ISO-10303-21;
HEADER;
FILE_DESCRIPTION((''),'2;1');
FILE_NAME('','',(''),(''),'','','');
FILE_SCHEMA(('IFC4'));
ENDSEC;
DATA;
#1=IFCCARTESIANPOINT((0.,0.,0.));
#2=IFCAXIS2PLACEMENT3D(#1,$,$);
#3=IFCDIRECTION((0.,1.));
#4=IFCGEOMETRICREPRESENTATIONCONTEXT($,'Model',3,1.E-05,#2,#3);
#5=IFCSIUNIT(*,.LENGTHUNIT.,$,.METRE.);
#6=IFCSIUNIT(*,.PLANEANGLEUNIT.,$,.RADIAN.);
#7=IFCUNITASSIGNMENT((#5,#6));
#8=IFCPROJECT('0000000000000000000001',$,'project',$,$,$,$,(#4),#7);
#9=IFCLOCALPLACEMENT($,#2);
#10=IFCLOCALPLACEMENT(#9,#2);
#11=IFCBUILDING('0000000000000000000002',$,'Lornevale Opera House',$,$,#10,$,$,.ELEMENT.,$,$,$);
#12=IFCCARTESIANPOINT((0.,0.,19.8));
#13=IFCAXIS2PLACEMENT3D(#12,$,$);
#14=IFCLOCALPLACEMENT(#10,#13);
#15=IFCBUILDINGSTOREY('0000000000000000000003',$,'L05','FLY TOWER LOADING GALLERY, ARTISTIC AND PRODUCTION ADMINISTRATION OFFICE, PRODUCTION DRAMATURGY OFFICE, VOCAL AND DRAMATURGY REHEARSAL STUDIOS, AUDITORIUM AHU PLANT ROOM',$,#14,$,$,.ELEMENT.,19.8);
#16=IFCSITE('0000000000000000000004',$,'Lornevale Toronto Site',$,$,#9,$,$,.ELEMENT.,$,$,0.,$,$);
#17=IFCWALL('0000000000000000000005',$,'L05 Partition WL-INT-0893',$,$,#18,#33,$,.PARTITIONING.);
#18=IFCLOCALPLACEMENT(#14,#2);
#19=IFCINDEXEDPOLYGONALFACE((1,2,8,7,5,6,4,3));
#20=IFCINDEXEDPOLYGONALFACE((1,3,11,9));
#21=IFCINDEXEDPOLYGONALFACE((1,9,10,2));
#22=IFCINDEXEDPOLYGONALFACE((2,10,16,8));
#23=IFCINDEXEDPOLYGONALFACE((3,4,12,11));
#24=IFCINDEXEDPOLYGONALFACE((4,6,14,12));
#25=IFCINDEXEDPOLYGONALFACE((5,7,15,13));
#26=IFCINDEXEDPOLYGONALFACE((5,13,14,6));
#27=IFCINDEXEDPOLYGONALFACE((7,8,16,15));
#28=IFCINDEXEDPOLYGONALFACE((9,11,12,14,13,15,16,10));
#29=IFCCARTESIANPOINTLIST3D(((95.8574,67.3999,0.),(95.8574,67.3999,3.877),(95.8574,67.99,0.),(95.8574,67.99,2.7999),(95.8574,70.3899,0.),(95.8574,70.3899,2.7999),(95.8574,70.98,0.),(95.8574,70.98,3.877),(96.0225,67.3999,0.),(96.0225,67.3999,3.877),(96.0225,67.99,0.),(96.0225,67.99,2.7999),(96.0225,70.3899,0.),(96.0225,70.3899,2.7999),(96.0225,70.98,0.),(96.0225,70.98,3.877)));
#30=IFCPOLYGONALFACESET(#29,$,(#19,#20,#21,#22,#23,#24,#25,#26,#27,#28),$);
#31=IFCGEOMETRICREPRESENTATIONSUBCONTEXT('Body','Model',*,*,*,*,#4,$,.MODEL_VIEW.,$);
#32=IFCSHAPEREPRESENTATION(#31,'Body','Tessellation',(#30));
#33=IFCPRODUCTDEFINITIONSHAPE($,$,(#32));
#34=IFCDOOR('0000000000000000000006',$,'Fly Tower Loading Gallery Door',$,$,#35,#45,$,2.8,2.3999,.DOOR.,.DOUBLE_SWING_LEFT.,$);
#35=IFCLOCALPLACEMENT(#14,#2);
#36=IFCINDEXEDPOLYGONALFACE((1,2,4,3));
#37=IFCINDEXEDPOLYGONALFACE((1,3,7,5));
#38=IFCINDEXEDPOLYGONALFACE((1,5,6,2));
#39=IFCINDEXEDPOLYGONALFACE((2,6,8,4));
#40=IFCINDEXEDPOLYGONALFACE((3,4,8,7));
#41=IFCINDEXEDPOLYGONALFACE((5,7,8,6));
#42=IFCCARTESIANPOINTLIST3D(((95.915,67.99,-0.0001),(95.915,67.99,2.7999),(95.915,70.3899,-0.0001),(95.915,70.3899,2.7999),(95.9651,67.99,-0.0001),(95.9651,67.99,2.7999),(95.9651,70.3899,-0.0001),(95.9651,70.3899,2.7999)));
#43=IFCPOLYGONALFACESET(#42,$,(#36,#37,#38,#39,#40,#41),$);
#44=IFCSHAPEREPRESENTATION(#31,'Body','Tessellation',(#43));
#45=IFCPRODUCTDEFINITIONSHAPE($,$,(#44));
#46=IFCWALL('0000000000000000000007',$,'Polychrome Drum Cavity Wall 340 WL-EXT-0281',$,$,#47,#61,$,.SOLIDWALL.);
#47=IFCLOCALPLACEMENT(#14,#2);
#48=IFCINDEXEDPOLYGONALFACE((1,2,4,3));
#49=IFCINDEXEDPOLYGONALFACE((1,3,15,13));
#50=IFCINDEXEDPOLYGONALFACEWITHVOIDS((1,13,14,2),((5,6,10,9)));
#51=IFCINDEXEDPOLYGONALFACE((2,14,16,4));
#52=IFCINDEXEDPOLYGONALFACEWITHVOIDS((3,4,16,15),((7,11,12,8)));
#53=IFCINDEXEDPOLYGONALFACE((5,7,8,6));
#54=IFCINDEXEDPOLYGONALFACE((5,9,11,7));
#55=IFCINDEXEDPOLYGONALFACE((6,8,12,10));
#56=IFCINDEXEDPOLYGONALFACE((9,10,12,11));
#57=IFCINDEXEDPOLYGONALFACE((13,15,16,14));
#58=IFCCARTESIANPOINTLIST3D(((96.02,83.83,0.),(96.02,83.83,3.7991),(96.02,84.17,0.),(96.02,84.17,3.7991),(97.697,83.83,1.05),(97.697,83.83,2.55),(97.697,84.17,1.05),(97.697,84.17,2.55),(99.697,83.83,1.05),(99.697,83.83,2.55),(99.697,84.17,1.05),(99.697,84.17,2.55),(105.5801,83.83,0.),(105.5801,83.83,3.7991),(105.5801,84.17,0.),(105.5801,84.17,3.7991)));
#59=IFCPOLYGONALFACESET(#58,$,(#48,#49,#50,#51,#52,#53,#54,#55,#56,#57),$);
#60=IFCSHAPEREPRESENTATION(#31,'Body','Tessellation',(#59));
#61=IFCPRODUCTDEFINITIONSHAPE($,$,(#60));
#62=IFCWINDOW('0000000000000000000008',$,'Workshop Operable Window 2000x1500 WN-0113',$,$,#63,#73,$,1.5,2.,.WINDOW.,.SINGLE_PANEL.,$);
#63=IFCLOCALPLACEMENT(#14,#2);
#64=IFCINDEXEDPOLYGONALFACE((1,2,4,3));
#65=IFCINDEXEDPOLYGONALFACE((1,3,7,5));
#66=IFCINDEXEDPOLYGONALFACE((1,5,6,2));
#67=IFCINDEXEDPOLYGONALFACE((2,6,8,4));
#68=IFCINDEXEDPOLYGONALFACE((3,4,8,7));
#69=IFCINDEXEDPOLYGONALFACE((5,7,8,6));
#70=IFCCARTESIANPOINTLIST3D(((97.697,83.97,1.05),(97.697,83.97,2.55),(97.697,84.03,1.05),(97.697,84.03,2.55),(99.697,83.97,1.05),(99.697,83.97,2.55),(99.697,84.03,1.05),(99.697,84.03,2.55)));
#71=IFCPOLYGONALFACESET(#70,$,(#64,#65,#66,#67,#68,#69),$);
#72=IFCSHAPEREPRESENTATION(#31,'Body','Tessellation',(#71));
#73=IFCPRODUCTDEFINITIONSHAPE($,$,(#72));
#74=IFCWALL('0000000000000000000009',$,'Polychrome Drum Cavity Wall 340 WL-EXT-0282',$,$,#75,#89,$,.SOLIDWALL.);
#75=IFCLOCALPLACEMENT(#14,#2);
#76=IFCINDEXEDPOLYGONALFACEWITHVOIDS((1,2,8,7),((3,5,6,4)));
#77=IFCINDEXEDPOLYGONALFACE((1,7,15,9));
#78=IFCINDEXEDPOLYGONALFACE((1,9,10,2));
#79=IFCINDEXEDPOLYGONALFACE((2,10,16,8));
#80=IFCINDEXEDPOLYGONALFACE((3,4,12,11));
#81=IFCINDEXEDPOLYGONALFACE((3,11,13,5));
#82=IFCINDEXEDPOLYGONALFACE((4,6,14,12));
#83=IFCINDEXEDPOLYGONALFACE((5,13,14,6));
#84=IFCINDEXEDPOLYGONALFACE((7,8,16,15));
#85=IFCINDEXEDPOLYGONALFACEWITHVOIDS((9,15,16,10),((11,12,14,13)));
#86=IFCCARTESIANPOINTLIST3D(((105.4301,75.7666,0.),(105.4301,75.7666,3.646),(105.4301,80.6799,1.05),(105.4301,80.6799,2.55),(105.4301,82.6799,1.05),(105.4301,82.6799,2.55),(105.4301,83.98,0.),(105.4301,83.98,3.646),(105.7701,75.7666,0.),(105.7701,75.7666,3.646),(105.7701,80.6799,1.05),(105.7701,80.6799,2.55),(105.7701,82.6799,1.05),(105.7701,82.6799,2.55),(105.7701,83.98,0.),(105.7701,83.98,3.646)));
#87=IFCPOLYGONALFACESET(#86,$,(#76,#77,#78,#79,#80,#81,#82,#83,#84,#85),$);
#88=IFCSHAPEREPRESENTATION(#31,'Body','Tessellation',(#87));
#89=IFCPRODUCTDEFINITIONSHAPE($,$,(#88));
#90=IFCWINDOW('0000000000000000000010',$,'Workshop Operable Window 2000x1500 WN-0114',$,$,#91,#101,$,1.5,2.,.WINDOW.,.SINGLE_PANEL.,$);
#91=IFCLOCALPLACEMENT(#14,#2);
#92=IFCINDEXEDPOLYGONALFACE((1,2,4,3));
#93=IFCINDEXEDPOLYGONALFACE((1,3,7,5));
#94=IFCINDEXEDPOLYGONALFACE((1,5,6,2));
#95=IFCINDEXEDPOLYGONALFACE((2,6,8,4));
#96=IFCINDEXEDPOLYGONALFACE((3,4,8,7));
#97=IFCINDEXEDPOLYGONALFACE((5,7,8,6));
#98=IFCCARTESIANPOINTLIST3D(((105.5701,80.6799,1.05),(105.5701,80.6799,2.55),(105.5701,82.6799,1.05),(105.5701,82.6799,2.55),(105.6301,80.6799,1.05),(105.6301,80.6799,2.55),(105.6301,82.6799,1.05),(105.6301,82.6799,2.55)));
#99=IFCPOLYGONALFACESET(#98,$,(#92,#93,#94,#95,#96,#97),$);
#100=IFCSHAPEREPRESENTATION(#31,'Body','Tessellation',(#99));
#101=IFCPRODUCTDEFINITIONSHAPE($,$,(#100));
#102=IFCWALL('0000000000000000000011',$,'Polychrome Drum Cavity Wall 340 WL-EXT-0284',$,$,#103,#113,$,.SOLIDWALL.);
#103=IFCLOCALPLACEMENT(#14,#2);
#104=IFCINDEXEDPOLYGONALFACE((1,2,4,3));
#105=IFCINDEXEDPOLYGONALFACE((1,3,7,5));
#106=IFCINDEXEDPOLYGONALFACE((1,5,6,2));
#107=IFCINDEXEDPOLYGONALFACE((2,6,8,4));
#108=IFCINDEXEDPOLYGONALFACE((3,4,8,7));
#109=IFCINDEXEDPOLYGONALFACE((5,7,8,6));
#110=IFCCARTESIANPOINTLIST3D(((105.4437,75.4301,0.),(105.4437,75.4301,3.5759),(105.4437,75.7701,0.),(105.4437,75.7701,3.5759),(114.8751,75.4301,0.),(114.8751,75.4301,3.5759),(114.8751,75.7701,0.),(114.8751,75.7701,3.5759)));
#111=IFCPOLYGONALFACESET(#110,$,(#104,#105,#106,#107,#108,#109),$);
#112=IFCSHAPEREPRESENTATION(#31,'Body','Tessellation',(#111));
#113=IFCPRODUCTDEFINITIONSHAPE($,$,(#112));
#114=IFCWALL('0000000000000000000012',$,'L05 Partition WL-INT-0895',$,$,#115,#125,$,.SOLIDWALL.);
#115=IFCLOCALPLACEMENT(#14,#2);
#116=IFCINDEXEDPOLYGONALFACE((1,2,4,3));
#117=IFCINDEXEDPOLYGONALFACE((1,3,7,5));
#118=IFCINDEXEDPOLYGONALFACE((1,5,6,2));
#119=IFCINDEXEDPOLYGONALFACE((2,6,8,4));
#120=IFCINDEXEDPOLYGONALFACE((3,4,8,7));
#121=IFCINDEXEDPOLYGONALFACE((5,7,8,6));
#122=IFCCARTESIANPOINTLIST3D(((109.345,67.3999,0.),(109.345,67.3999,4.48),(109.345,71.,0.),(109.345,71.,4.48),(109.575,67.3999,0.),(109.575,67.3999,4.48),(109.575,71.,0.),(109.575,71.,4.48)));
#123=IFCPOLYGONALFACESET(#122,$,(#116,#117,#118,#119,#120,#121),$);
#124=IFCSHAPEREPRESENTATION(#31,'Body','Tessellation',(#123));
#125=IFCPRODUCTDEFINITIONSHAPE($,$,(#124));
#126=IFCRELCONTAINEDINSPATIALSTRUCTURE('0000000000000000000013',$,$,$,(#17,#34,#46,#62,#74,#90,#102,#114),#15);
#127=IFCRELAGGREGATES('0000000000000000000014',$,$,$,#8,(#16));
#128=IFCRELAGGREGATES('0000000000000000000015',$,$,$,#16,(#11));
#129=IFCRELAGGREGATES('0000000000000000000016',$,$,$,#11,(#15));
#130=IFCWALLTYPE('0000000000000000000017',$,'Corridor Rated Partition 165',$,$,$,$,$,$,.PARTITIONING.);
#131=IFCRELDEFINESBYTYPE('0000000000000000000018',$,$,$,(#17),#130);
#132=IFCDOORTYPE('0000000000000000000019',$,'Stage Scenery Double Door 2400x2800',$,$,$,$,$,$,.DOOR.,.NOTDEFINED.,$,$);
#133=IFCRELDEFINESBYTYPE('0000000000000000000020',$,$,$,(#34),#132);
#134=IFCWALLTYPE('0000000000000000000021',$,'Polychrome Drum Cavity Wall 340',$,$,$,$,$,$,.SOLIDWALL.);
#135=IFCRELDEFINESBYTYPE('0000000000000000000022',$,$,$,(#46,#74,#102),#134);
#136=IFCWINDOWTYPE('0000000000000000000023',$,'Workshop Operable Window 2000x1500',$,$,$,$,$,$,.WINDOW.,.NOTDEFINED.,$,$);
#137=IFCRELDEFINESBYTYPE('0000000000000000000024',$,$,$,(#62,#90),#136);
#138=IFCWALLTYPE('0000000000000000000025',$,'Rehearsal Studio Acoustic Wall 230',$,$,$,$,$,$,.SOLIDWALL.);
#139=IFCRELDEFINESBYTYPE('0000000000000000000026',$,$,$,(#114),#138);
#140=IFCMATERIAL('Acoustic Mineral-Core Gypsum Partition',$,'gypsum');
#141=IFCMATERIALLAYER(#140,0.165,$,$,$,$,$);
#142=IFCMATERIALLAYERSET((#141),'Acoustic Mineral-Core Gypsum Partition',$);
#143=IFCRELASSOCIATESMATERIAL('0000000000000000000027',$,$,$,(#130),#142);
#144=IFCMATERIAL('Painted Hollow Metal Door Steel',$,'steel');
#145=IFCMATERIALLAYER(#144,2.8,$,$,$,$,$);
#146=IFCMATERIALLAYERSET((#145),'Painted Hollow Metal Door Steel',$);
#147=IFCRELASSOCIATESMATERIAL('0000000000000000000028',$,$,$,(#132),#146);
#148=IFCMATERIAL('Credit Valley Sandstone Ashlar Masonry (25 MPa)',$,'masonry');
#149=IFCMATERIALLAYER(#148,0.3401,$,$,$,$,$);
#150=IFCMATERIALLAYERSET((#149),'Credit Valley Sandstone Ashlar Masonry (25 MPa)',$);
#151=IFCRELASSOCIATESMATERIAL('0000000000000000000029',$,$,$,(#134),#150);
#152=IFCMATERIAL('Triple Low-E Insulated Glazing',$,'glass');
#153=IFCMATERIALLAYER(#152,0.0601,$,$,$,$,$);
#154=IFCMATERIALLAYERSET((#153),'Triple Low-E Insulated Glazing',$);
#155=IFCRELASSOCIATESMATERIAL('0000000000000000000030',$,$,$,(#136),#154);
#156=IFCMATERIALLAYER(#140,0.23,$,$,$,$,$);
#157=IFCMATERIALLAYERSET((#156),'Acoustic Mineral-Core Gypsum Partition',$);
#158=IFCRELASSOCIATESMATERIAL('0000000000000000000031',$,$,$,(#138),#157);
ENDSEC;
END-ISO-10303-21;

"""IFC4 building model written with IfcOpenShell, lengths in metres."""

from ifc_helpers import new_model, si_unit, direction, frame, frame_2d, origin, place, context, subcontext, project, spatial, rectangle, extrude, material, layer, layer_set, type_object, element, fill, save


model = new_model("IFC4")

# Units and contexts
model_context = context("Model", 3, precision=1e-05, world=origin(), true_north=direction((0.0, 1.0)))
body_context = subcontext(model_context, "Body", "Model", "MODEL_VIEW")
ifc_project = project(units=[si_unit("LENGTHUNIT", "METRE"), si_unit("PLANEANGLEUNIT", "RADIAN")], contexts=[model_context])

# Site, building, storey
site_placement = place(None, origin())
site = spatial("IfcSite", under=ifc_project, at=site_placement, Name="Lornevale Toronto Site", CompositionType="ELEMENT", RefElevation=0.0)
building_placement = place(site_placement, origin())
building = spatial("IfcBuilding", under=site, at=building_placement, Name="Lornevale Opera House", CompositionType="ELEMENT")
storey_placement = place(building_placement, frame((0.0, 0.0, 19.8)))
storey = spatial("IfcBuildingStorey", under=building, at=storey_placement, Name="L05", Description="FLY TOWER LOADING GALLERY, ARTISTIC AND PRODUCTION ADMINISTRATION OFFICE, PRODUCTION DRAMATURGY OFFICE, VOCAL AND DRAMATURGY REHEARSAL STUDIOS, AUDITORIUM AHU PLANT ROOM", CompositionType="ELEMENT", Elevation=19.8)

# Shared definitions
ifc_material_1 = material(Name="Acoustic Mineral-Core Gypsum Partition", Category="gypsum")

# Wall, opening, door
ifc_layer_1 = layer(ifc_material_1, 0.165)
ifc_layer_set_1 = layer_set([ifc_layer_1], Name="Acoustic Mineral-Core Gypsum Partition")
wall_type_1 = type_object("IfcWallType", Name="Corridor Rated Partition 165", PredefinedType="PARTITIONING", material=ifc_layer_set_1)
wall_1_placement = place(storey_placement, frame((95.9399, 67.3999, 0.0), z_axis=(0.0, 0.0, 1.0), x_axis=(0.0, 1.0, 0.0)))
wall_1 = element("IfcWall", 1, at=wall_1_placement, inside=storey, type_object=wall_type_1, Name="L05 Partition WL-INT-0893", PredefinedType="PARTITIONING", context=body_context, shape_type="SweptSolid", body=[
    extrude(rectangle(XDim=3.5801, YDim=0.165, at=frame_2d((1.79, 0.0))), origin(), (0.0, 0.0, 1.0), 3.877),
])
opening_1_placement = place(wall_1_placement, frame((0.5901, 0.0, 0.0)))
opening_1 = element("IfcOpeningElement", 2, at=opening_1_placement, cuts=wall_1, PredefinedType="OPENING", context=body_context, shape_type="SweptSolid", body=[
    extrude(rectangle(XDim=2.3999, YDim=2.8, at=frame_2d((1.2, 1.3999))), frame((0.0, 0.0925, 0.0), z_axis=(0.0, -1.0, 0.0), x_axis=(1.0, 0.0, 0.0)), (0.0, 0.0, 1.0), 0.1851),
])
ifc_material_2 = material(Name="Painted Hollow Metal Door Steel", Category="steel")
ifc_layer_2 = layer(ifc_material_2, 2.8)
ifc_layer_set_2 = layer_set([ifc_layer_2], Name="Painted Hollow Metal Door Steel")
door_type_1 = type_object("IfcDoorType", Name="Stage Scenery Double Door 2400x2800", OperationType="NOTDEFINED", PredefinedType="DOOR", material=ifc_layer_set_2)
door_1_placement = place(opening_1_placement, origin())
door_1 = element("IfcDoor", 3, at=door_1_placement, inside=storey, type_object=door_type_1, Name="Fly Tower Loading Gallery Door", OperationType="DOUBLE_SWING_LEFT", OverallHeight=2.8, OverallWidth=2.3999, PredefinedType="DOOR", context=body_context, shape_type="SweptSolid", body=[
    extrude(rectangle(XDim=2.3999, YDim=2.8, at=frame_2d((1.2, 1.3999))), frame((0.0, 0.0249, 0.0), z_axis=(0.0, -1.0, 0.0), x_axis=(1.0, 0.0, 0.0)), (0.0, 0.0, 1.0), 0.05),
])
fill(opening_1, door_1)

# Walls, openings, windows
ifc_material_3 = material(Name="Credit Valley Sandstone Ashlar Masonry (25 MPa)", Category="masonry")
ifc_layer_3 = layer(ifc_material_3, 0.3401)
ifc_layer_set_3 = layer_set([ifc_layer_3], Name="Credit Valley Sandstone Ashlar Masonry (25 MPa)")
wall_type_2 = type_object("IfcWallType", Name="Polychrome Drum Cavity Wall 340", PredefinedType="SOLIDWALL", material=ifc_layer_set_3)
wall_2_placement = place(storey_placement, frame((96.02, 84.0, 0.0), z_axis=(0.0, 0.0, 1.0), x_axis=(1.0, 0.0, 0.0)))
wall_2 = element("IfcWall", 4, at=wall_2_placement, inside=storey, type_object=wall_type_2, Name="Polychrome Drum Cavity Wall 340 WL-EXT-0281", PredefinedType="SOLIDWALL", context=body_context, shape_type="SweptSolid", body=[
    extrude(rectangle(XDim=9.5601, YDim=0.3401, at=frame_2d((4.78, 0.0))), origin(), (0.0, 0.0, 1.0), 3.7991),
])
opening_2_placement = place(wall_2_placement, frame((1.677, 0.0, 1.05)))
opening_2 = element("IfcOpeningElement", 5, at=opening_2_placement, cuts=wall_2, PredefinedType="OPENING", context=body_context, shape_type="SweptSolid", body=[
    extrude(rectangle(XDim=2.0, YDim=1.5, at=frame_2d((1.0, 0.75))), frame((0.0, 0.1799, 0.0), z_axis=(0.0, -1.0, 0.0), x_axis=(1.0, 0.0, 0.0)), (0.0, 0.0, 1.0), 0.3601),
])
ifc_material_4 = material(Name="Triple Low-E Insulated Glazing", Category="glass")
ifc_layer_4 = layer(ifc_material_4, 0.0601)
ifc_layer_set_4 = layer_set([ifc_layer_4], Name="Triple Low-E Insulated Glazing")
window_type = type_object("IfcWindowType", Name="Workshop Operable Window 2000x1500", PartitioningType="NOTDEFINED", PredefinedType="WINDOW", material=ifc_layer_set_4)
window_1_placement = place(opening_2_placement, origin())
window_1 = element("IfcWindow", 6, at=window_1_placement, inside=storey, type_object=window_type, Name="Workshop Operable Window 2000x1500 WN-0113", OverallHeight=1.5, OverallWidth=2.0, PartitioningType="SINGLE_PANEL", PredefinedType="WINDOW", context=body_context, shape_type="SweptSolid", body=[
    extrude(rectangle(XDim=2.0, YDim=1.5, at=frame_2d((1.0, 0.75))), frame((0.0, 0.03, 0.0), z_axis=(0.0, -1.0, 0.0), x_axis=(1.0, 0.0, 0.0)), (0.0, 0.0, 1.0), 0.0601),
])
fill(opening_2, window_1)
wall_3_placement = place(storey_placement, frame((105.6001, 83.98, 0.0), z_axis=(0.0, 0.0, 1.0), x_axis=(0.0, -1.0, 0.0)))
wall_3 = element("IfcWall", 7, at=wall_3_placement, inside=storey, type_object=wall_type_2, Name="Polychrome Drum Cavity Wall 340 WL-EXT-0282", PredefinedType="SOLIDWALL", context=body_context, shape_type="SweptSolid", body=[
    extrude(rectangle(XDim=8.2134, YDim=0.3401, at=frame_2d((4.1067, 0.0))), origin(), (0.0, 0.0, 1.0), 3.646),
])
opening_3_placement = place(wall_3_placement, frame((1.3, 0.0, 1.05)))
opening_3 = element("IfcOpeningElement", 8, at=opening_3_placement, cuts=wall_3, PredefinedType="OPENING", context=body_context, shape_type="SweptSolid", body=[
    extrude(rectangle(XDim=2.0, YDim=1.5, at=frame_2d((1.0, 0.75))), frame((0.0, 0.1799, 0.0), z_axis=(0.0, -1.0, 0.0), x_axis=(1.0, 0.0, 0.0)), (0.0, 0.0, 1.0), 0.3601),
])
window_2_placement = place(opening_3_placement, origin())
window_2 = element("IfcWindow", 9, at=window_2_placement, inside=storey, type_object=window_type, Name="Workshop Operable Window 2000x1500 WN-0114", OverallHeight=1.5, OverallWidth=2.0, PartitioningType="SINGLE_PANEL", PredefinedType="WINDOW", context=body_context, shape_type="SweptSolid", body=[
    extrude(rectangle(XDim=2.0, YDim=1.5, at=frame_2d((1.0, 0.75))), frame((0.0, 0.03, 0.0), z_axis=(0.0, -1.0, 0.0), x_axis=(1.0, 0.0, 0.0)), (0.0, 0.0, 1.0), 0.0601),
])
fill(opening_3, window_2)

# Walls
wall_4_placement = place(storey_placement, frame((105.4436, 75.6001, 0.0), z_axis=(0.0, 0.0, 1.0), x_axis=(1.0, 0.0, 0.0)))
element("IfcWall", 10, at=wall_4_placement, inside=storey, type_object=wall_type_2, Name="Polychrome Drum Cavity Wall 340 WL-EXT-0284", PredefinedType="SOLIDWALL", context=body_context, shape_type="SweptSolid", body=[
    extrude(rectangle(XDim=9.4314, YDim=0.3401, at=frame_2d((4.7158, 0.0))), origin(), (0.0, 0.0, 1.0), 3.5759),
])
ifc_layer_5 = layer(ifc_material_1, 0.23)
ifc_layer_set_5 = layer_set([ifc_layer_5], Name="Acoustic Mineral-Core Gypsum Partition")
wall_type_3 = type_object("IfcWallType", Name="Rehearsal Studio Acoustic Wall 230", PredefinedType="SOLIDWALL", material=ifc_layer_set_5)
wall_5_placement = place(storey_placement, frame((109.46, 67.3999, 0.0), z_axis=(0.0, 0.0, 1.0), x_axis=(0.0, 1.0, 0.0)))
element("IfcWall", 11, at=wall_5_placement, inside=storey, type_object=wall_type_3, Name="L05 Partition WL-INT-0895", PredefinedType="SOLIDWALL", context=body_context, shape_type="SweptSolid", body=[
    extrude(rectangle(XDim=3.6001, YDim=0.23, at=frame_2d((1.8, 0.0))), origin(), (0.0, 0.0, 1.0), 4.48),
])

save(model, "model.ifc")
